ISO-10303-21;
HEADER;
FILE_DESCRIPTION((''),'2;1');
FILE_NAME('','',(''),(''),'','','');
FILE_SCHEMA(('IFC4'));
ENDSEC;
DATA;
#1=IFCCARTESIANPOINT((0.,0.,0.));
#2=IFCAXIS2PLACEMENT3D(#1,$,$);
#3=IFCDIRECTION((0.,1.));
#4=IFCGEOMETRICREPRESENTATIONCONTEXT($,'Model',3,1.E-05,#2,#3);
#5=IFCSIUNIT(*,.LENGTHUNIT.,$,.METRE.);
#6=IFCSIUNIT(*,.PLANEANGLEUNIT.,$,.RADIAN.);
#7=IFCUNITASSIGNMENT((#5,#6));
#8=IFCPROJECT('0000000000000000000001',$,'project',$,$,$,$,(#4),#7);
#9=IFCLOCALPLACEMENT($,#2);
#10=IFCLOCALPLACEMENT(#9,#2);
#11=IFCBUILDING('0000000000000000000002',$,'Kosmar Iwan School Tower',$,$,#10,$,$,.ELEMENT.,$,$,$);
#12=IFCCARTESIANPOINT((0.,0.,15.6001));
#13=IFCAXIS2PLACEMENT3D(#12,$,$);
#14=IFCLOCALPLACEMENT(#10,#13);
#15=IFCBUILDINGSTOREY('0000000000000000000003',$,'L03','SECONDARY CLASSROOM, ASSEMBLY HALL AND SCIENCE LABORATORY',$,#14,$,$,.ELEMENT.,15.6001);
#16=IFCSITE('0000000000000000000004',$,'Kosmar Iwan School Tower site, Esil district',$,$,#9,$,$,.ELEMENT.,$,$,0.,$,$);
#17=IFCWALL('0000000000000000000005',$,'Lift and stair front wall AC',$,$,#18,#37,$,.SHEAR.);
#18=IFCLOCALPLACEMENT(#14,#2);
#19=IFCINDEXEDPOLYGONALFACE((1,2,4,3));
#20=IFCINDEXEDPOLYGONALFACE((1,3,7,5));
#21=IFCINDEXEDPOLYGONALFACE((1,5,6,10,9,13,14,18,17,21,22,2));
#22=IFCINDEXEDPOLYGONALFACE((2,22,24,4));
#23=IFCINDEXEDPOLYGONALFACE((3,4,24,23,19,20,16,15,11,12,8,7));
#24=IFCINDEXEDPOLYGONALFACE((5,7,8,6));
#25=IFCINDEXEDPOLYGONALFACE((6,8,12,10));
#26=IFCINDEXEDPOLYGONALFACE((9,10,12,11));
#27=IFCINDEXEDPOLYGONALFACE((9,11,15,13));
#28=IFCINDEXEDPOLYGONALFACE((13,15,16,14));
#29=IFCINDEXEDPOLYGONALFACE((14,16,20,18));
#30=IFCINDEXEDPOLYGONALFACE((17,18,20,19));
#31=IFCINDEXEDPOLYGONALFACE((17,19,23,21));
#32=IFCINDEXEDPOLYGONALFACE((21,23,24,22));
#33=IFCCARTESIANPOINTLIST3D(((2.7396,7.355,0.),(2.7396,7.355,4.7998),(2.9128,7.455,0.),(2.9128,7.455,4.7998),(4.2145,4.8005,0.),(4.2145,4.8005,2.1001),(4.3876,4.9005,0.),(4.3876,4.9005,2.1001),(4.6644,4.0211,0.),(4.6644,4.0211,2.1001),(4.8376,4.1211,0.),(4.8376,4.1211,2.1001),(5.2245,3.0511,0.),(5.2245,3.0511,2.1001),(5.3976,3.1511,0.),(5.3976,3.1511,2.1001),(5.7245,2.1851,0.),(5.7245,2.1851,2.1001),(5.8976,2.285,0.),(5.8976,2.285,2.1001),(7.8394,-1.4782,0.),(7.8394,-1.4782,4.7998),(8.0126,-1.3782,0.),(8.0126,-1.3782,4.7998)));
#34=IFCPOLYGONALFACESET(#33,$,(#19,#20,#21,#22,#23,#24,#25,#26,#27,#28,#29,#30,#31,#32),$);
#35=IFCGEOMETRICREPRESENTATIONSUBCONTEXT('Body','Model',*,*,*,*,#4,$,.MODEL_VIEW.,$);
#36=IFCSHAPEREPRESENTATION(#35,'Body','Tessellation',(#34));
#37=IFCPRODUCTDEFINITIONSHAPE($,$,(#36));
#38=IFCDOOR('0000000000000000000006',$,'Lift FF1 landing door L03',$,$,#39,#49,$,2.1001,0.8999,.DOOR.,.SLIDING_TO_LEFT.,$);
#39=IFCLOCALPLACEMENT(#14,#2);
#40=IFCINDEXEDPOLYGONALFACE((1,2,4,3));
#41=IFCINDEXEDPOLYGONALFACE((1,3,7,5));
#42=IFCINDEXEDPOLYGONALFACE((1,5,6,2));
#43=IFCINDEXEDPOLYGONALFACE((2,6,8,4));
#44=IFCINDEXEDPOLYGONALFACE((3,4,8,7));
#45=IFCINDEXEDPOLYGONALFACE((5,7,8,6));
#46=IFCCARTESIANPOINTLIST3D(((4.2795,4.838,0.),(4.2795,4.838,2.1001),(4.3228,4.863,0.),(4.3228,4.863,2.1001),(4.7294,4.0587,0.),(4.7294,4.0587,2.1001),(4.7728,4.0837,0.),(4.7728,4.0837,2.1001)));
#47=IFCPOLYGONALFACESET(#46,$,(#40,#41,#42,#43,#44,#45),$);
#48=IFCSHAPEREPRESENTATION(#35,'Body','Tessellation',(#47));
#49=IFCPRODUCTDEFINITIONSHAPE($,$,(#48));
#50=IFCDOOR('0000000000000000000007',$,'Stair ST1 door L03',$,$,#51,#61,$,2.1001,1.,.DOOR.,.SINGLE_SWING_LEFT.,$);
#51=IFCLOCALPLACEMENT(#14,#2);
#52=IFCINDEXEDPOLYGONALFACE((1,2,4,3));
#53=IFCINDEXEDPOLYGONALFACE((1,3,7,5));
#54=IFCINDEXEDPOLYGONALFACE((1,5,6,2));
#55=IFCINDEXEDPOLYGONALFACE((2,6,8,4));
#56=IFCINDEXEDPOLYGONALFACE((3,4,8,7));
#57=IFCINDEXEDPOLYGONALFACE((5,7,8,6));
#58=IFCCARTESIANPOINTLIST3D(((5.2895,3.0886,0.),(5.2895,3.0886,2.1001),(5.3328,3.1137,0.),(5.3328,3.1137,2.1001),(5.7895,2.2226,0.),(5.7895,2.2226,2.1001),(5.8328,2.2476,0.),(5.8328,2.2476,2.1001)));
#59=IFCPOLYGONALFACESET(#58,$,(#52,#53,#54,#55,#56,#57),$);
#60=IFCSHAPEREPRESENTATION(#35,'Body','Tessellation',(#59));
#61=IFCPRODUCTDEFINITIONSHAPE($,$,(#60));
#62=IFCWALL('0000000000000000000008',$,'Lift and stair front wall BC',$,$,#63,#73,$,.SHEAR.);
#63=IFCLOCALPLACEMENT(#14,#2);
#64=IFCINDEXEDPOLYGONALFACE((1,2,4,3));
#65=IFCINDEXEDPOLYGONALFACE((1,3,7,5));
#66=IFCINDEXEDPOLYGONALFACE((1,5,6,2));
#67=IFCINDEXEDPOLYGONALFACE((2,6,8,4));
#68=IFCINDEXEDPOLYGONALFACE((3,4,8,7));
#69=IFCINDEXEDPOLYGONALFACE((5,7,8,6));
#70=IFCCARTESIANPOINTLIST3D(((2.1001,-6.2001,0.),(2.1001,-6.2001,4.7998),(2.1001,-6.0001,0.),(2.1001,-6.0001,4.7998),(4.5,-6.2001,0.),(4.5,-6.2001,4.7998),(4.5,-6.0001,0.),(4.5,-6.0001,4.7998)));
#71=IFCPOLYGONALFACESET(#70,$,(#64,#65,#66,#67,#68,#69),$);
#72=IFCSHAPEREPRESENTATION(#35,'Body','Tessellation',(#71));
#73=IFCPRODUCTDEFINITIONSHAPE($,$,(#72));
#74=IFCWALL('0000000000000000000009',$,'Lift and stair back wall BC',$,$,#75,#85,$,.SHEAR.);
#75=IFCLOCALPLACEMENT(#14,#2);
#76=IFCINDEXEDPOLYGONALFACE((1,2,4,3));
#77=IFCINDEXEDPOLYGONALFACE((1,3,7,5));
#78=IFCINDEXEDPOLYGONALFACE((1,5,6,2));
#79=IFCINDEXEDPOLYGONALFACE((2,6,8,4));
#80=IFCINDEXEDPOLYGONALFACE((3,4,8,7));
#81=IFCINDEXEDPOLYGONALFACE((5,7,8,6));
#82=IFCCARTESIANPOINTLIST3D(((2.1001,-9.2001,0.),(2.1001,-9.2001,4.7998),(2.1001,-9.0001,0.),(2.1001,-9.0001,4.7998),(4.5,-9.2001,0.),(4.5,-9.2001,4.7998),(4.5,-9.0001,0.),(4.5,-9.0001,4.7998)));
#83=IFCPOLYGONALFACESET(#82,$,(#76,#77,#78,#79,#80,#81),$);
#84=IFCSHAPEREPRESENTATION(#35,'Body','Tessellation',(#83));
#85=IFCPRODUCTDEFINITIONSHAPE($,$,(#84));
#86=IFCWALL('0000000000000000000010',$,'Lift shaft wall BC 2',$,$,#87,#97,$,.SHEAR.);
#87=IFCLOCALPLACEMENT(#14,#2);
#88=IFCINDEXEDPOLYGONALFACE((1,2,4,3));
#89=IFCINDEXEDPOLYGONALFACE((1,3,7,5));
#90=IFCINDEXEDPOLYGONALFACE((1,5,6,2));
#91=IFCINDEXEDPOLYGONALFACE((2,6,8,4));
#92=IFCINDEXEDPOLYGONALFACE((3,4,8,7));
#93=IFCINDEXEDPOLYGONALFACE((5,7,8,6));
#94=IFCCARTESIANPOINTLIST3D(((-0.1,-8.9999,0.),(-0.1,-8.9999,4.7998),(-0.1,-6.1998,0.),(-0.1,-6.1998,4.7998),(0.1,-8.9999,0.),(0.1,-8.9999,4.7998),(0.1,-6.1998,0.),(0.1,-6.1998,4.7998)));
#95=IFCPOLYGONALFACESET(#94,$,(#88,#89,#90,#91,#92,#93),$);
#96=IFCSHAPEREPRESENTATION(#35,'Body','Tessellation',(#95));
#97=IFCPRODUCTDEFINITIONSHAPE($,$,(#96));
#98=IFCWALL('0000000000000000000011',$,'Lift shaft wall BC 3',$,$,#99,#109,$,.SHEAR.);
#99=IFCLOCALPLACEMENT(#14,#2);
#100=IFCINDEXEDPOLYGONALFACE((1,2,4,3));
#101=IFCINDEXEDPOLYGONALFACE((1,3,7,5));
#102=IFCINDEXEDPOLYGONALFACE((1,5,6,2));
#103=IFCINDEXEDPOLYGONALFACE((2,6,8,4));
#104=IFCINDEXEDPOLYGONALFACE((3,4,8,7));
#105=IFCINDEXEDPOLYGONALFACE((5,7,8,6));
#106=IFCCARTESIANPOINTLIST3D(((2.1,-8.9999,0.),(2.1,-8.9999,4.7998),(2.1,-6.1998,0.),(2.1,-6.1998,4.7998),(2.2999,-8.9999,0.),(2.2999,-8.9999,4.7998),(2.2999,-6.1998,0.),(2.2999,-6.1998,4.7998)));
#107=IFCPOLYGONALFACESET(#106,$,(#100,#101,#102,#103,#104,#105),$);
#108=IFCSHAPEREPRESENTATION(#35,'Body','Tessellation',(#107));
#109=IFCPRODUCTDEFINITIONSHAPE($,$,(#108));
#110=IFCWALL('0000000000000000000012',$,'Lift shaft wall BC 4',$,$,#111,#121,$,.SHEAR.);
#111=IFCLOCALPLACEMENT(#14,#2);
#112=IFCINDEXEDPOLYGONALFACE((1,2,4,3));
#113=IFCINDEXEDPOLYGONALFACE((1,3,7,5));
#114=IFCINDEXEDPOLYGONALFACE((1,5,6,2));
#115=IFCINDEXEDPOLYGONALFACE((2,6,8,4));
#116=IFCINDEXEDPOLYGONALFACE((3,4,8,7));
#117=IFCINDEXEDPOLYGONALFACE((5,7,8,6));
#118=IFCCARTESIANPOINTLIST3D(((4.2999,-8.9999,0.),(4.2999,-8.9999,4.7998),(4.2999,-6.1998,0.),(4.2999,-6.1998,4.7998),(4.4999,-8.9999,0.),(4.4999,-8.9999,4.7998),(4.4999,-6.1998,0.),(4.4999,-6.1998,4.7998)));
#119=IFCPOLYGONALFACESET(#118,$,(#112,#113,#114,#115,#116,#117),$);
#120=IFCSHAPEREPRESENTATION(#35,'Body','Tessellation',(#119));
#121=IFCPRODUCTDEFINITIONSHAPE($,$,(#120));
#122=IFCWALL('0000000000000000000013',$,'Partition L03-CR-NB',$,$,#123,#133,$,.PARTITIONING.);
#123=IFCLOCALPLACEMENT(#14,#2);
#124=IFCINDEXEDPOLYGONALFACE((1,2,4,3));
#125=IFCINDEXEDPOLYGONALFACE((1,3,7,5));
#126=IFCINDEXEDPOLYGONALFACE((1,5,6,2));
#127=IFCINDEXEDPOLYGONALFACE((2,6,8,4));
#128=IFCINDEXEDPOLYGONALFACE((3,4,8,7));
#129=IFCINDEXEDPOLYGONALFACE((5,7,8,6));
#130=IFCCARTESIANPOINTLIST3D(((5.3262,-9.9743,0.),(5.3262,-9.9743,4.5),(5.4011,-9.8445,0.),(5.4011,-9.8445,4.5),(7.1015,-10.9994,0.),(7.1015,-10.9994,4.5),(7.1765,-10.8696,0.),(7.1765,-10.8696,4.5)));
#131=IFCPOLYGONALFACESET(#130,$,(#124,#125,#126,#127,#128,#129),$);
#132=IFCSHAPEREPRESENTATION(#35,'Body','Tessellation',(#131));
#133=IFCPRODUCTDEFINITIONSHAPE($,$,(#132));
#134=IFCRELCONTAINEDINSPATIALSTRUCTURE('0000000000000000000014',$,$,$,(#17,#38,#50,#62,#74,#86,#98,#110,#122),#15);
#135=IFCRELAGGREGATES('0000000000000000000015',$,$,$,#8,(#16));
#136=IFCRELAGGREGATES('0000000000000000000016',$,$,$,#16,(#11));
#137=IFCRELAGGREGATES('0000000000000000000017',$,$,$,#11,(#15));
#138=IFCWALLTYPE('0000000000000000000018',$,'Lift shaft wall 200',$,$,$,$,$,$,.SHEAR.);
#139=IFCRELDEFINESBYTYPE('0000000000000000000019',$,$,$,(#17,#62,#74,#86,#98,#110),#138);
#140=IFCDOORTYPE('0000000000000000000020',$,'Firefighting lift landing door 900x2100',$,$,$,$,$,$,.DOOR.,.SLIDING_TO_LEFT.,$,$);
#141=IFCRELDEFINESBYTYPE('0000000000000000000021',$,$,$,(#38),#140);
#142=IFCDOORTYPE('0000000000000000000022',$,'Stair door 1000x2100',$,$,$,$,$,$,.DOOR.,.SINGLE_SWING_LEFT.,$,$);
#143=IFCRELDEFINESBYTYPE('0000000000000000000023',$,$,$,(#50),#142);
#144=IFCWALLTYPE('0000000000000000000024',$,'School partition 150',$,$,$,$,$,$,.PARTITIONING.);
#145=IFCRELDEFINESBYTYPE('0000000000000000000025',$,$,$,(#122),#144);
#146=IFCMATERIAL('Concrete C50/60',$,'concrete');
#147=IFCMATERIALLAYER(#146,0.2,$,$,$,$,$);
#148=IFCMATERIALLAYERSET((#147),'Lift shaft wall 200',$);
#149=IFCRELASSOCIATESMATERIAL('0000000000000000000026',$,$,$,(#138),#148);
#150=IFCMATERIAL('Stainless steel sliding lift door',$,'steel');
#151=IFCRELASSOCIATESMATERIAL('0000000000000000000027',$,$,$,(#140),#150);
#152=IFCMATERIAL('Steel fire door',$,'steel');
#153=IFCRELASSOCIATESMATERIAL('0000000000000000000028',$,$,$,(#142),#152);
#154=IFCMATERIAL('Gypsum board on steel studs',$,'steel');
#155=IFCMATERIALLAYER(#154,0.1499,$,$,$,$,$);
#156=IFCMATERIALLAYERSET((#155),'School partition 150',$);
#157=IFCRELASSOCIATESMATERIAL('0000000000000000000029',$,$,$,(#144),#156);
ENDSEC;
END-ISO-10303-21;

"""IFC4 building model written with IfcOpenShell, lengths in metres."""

from ifc_helpers import new_model, si_unit, direction, frame, frame_2d, origin, place, context, subcontext, project, spatial, rectangle, extrude, material, layer, layer_set, type_object, element, fill, save


model = new_model("IFC4")

# Units and contexts
model_context = context("Model", 3, precision=1e-05, world=origin(), true_north=direction((0.0, 1.0)))
body_context = subcontext(model_context, "Body", "Model", "MODEL_VIEW")
ifc_project = project(units=[si_unit("LENGTHUNIT", "METRE"), si_unit("PLANEANGLEUNIT", "RADIAN")], contexts=[model_context])

# Site, building, storey
site_placement = place(None, origin())
site = spatial("IfcSite", under=ifc_project, at=site_placement, Name="Kosmar Iwan School Tower site, Esil district", CompositionType="ELEMENT", RefElevation=0.0)
building_placement = place(site_placement, origin())
building = spatial("IfcBuilding", under=site, at=building_placement, Name="Kosmar Iwan School Tower", CompositionType="ELEMENT")
storey_placement = place(building_placement, frame((0.0, 0.0, 15.6001)))
storey = spatial("IfcBuildingStorey", under=building, at=storey_placement, Name="L03", Description="SECONDARY CLASSROOM, ASSEMBLY HALL AND SCIENCE LABORATORY", CompositionType="ELEMENT", Elevation=15.6001)

# Wall, openings, doors
ifc_material_1 = material(Name="Concrete C50/60", Category="concrete")
ifc_layer_1 = layer(ifc_material_1, 0.2)
ifc_layer_set_1 = layer_set([ifc_layer_1], Name="Lift shaft wall 200")
wall_type_1 = type_object("IfcWallType", Name="Lift shaft wall 200", PredefinedType="SHEAR", material=ifc_layer_set_1)
wall_1_placement = place(storey_placement, frame((7.926, -1.4282, 0.0), z_axis=(0.0, 0.0, 1.0), x_axis=(-0.499998, 0.866027, 0.0)))
wall_1 = element("IfcWall", 1, at=wall_1_placement, inside=storey, type_object=wall_type_1, Name="Lift and stair front wall AC", PredefinedType="SHEAR", context=body_context, shape_type="SweptSolid", body=[
    extrude(rectangle(XDim=10.1997, YDim=0.2, at=frame_2d((5.0999, 0.0))), origin(), (0.0, 0.0, 1.0), 4.7998),
])
opening_1_placement = place(wall_1_placement, frame((6.3501, 0.0, 0.0)))
opening_1 = element("IfcOpeningElement", 2, at=opening_1_placement, cuts=wall_1, PredefinedType="OPENING", context=body_context, shape_type="SweptSolid", body=[
    extrude(rectangle(XDim=0.8999, YDim=2.1001, at=frame_2d((0.45, 1.05))), frame((0.0, 0.1121, 0.0), z_axis=(0.0, -1.0, 0.0), x_axis=(1.0, 0.0, 0.0)), (0.0, 0.0, 1.0), 0.2239),
])
opening_2_placement = place(wall_1_placement, frame((4.23, 0.0, 0.0)))
opening_2 = element("IfcOpeningElement", 3, at=opening_2_placement, cuts=wall_1, PredefinedType="OPENING", context=body_context, shape_type="SweptSolid", body=[
    extrude(rectangle(XDim=1.0, YDim=2.1001, at=frame_2d((0.5, 1.05))), frame((0.0, 0.1121, 0.0), z_axis=(0.0, -1.0, 0.0), x_axis=(1.0, 0.0, 0.0)), (0.0, 0.0, 1.0), 0.2239),
])
ifc_material_2 = material(Name="Stainless steel sliding lift door", Category="steel")
door_type_1 = type_object("IfcDoorType", Name="Firefighting lift landing door 900x2100", OperationType="SLIDING_TO_LEFT", PredefinedType="DOOR", material=ifc_material_2)
door_1_placement = place(opening_1_placement, origin())
door_1 = element("IfcDoor", 4, at=door_1_placement, inside=storey, type_object=door_type_1, Name="Lift FF1 landing door L03", OperationType="SLIDING_TO_LEFT", OverallHeight=2.1001, OverallWidth=0.8999, PredefinedType="DOOR", context=body_context, shape_type="SweptSolid", body=[
    extrude(rectangle(XDim=0.8999, YDim=2.1001, at=frame_2d((0.45, 1.05))), frame((0.0, 0.0249, 0.0), z_axis=(0.0, -1.0, 0.0), x_axis=(1.0, 0.0, 0.0)), (0.0, 0.0, 1.0), 0.05),
])
fill(opening_1, door_1)
ifc_material_3 = material(Name="Steel fire door", Category="steel")
door_type_2 = type_object("IfcDoorType", Name="Stair door 1000x2100", OperationType="SINGLE_SWING_LEFT", PredefinedType="DOOR", material=ifc_material_3)
door_2_placement = place(opening_2_placement, origin())
door_2 = element("IfcDoor", 5, at=door_2_placement, inside=storey, type_object=door_type_2, Name="Stair ST1 door L03", OperationType="SINGLE_SWING_LEFT", OverallHeight=2.1001, OverallWidth=1.0, PredefinedType="DOOR", context=body_context, shape_type="SweptSolid", body=[
    extrude(rectangle(XDim=1.0, YDim=2.1001, at=frame_2d((0.5, 1.05))), frame((0.0, 0.0249, 0.0), z_axis=(0.0, -1.0, 0.0), x_axis=(1.0, 0.0, 0.0)), (0.0, 0.0, 1.0), 0.05),
])
fill(opening_2, door_2)

# Walls
for number, where, z_axis, x_axis, name in (
    (6, (2.1001, -6.1001, 0.0), (0.0, 0.0, 1.0), (1.0, 0.0, 0.0), "Lift and stair front wall BC"),
    (7, (2.1001, -9.1001, 0.0), (0.0, 0.0, 1.0), (1.0, 0.0, 0.0), "Lift and stair back wall BC"),
):
    element("IfcWall", number, at=place(storey_placement, frame(where, z_axis=z_axis, x_axis=x_axis)), inside=storey, type_object=wall_type_1, Name=name, PredefinedType="SHEAR", context=body_context, shape_type="SweptSolid", body=[
        extrude(rectangle(XDim=2.3999, YDim=0.2, at=frame_2d((1.2, 0.0))), origin(), (0.0, 0.0, 1.0), 4.7998),
    ])
for number, where, z_axis, x_axis, name in (
    (8, (0.0, -6.2, 0.0), (0.0, 0.0, 1.0), (0.0, -1.0, 0.0), "Lift shaft wall BC 2"),
    (9, (2.2, -6.2, 0.0), (0.0, 0.0, 1.0), (0.0, -1.0, 0.0), "Lift shaft wall BC 3"),
    (10, (4.3999, -6.2, 0.0), (0.0, 0.0, 1.0), (0.0, -1.0, 0.0), "Lift shaft wall BC 4"),
):
    element("IfcWall", number, at=place(storey_placement, frame(where, z_axis=z_axis, x_axis=x_axis)), inside=storey, type_object=wall_type_1, Name=name, PredefinedType="SHEAR", context=body_context, shape_type="SweptSolid", body=[
        extrude(rectangle(XDim=2.8, YDim=0.2, at=frame_2d((1.3999, 0.0))), origin(), (0.0, 0.0, 1.0), 4.7998),
    ])
ifc_material_4 = material(Name="Gypsum board on steel studs", Category="steel")
ifc_layer_2 = layer(ifc_material_4, 0.1499)
ifc_layer_set_2 = layer_set([ifc_layer_2], Name="School partition 150")
wall_type_2 = type_object("IfcWallType", Name="School partition 150", PredefinedType="PARTITIONING", material=ifc_layer_set_2)
wall_2_placement = place(storey_placement, frame((5.3638, -9.9094, 0.0), z_axis=(0.0, 0.0, 1.0), x_axis=(0.865999, -0.500045, 0.0)))
element("IfcWall", 11, at=wall_2_placement, inside=storey, type_object=wall_type_2, Name="Partition L03-CR-NB", PredefinedType="PARTITIONING", context=body_context, shape_type="SweptSolid", body=[
    extrude(rectangle(XDim=2.05, YDim=0.1499, at=frame_2d((1.0249, 0.0))), origin(), (0.0, 0.0, 1.0), 4.5),
])

save(model, "model.ifc")
